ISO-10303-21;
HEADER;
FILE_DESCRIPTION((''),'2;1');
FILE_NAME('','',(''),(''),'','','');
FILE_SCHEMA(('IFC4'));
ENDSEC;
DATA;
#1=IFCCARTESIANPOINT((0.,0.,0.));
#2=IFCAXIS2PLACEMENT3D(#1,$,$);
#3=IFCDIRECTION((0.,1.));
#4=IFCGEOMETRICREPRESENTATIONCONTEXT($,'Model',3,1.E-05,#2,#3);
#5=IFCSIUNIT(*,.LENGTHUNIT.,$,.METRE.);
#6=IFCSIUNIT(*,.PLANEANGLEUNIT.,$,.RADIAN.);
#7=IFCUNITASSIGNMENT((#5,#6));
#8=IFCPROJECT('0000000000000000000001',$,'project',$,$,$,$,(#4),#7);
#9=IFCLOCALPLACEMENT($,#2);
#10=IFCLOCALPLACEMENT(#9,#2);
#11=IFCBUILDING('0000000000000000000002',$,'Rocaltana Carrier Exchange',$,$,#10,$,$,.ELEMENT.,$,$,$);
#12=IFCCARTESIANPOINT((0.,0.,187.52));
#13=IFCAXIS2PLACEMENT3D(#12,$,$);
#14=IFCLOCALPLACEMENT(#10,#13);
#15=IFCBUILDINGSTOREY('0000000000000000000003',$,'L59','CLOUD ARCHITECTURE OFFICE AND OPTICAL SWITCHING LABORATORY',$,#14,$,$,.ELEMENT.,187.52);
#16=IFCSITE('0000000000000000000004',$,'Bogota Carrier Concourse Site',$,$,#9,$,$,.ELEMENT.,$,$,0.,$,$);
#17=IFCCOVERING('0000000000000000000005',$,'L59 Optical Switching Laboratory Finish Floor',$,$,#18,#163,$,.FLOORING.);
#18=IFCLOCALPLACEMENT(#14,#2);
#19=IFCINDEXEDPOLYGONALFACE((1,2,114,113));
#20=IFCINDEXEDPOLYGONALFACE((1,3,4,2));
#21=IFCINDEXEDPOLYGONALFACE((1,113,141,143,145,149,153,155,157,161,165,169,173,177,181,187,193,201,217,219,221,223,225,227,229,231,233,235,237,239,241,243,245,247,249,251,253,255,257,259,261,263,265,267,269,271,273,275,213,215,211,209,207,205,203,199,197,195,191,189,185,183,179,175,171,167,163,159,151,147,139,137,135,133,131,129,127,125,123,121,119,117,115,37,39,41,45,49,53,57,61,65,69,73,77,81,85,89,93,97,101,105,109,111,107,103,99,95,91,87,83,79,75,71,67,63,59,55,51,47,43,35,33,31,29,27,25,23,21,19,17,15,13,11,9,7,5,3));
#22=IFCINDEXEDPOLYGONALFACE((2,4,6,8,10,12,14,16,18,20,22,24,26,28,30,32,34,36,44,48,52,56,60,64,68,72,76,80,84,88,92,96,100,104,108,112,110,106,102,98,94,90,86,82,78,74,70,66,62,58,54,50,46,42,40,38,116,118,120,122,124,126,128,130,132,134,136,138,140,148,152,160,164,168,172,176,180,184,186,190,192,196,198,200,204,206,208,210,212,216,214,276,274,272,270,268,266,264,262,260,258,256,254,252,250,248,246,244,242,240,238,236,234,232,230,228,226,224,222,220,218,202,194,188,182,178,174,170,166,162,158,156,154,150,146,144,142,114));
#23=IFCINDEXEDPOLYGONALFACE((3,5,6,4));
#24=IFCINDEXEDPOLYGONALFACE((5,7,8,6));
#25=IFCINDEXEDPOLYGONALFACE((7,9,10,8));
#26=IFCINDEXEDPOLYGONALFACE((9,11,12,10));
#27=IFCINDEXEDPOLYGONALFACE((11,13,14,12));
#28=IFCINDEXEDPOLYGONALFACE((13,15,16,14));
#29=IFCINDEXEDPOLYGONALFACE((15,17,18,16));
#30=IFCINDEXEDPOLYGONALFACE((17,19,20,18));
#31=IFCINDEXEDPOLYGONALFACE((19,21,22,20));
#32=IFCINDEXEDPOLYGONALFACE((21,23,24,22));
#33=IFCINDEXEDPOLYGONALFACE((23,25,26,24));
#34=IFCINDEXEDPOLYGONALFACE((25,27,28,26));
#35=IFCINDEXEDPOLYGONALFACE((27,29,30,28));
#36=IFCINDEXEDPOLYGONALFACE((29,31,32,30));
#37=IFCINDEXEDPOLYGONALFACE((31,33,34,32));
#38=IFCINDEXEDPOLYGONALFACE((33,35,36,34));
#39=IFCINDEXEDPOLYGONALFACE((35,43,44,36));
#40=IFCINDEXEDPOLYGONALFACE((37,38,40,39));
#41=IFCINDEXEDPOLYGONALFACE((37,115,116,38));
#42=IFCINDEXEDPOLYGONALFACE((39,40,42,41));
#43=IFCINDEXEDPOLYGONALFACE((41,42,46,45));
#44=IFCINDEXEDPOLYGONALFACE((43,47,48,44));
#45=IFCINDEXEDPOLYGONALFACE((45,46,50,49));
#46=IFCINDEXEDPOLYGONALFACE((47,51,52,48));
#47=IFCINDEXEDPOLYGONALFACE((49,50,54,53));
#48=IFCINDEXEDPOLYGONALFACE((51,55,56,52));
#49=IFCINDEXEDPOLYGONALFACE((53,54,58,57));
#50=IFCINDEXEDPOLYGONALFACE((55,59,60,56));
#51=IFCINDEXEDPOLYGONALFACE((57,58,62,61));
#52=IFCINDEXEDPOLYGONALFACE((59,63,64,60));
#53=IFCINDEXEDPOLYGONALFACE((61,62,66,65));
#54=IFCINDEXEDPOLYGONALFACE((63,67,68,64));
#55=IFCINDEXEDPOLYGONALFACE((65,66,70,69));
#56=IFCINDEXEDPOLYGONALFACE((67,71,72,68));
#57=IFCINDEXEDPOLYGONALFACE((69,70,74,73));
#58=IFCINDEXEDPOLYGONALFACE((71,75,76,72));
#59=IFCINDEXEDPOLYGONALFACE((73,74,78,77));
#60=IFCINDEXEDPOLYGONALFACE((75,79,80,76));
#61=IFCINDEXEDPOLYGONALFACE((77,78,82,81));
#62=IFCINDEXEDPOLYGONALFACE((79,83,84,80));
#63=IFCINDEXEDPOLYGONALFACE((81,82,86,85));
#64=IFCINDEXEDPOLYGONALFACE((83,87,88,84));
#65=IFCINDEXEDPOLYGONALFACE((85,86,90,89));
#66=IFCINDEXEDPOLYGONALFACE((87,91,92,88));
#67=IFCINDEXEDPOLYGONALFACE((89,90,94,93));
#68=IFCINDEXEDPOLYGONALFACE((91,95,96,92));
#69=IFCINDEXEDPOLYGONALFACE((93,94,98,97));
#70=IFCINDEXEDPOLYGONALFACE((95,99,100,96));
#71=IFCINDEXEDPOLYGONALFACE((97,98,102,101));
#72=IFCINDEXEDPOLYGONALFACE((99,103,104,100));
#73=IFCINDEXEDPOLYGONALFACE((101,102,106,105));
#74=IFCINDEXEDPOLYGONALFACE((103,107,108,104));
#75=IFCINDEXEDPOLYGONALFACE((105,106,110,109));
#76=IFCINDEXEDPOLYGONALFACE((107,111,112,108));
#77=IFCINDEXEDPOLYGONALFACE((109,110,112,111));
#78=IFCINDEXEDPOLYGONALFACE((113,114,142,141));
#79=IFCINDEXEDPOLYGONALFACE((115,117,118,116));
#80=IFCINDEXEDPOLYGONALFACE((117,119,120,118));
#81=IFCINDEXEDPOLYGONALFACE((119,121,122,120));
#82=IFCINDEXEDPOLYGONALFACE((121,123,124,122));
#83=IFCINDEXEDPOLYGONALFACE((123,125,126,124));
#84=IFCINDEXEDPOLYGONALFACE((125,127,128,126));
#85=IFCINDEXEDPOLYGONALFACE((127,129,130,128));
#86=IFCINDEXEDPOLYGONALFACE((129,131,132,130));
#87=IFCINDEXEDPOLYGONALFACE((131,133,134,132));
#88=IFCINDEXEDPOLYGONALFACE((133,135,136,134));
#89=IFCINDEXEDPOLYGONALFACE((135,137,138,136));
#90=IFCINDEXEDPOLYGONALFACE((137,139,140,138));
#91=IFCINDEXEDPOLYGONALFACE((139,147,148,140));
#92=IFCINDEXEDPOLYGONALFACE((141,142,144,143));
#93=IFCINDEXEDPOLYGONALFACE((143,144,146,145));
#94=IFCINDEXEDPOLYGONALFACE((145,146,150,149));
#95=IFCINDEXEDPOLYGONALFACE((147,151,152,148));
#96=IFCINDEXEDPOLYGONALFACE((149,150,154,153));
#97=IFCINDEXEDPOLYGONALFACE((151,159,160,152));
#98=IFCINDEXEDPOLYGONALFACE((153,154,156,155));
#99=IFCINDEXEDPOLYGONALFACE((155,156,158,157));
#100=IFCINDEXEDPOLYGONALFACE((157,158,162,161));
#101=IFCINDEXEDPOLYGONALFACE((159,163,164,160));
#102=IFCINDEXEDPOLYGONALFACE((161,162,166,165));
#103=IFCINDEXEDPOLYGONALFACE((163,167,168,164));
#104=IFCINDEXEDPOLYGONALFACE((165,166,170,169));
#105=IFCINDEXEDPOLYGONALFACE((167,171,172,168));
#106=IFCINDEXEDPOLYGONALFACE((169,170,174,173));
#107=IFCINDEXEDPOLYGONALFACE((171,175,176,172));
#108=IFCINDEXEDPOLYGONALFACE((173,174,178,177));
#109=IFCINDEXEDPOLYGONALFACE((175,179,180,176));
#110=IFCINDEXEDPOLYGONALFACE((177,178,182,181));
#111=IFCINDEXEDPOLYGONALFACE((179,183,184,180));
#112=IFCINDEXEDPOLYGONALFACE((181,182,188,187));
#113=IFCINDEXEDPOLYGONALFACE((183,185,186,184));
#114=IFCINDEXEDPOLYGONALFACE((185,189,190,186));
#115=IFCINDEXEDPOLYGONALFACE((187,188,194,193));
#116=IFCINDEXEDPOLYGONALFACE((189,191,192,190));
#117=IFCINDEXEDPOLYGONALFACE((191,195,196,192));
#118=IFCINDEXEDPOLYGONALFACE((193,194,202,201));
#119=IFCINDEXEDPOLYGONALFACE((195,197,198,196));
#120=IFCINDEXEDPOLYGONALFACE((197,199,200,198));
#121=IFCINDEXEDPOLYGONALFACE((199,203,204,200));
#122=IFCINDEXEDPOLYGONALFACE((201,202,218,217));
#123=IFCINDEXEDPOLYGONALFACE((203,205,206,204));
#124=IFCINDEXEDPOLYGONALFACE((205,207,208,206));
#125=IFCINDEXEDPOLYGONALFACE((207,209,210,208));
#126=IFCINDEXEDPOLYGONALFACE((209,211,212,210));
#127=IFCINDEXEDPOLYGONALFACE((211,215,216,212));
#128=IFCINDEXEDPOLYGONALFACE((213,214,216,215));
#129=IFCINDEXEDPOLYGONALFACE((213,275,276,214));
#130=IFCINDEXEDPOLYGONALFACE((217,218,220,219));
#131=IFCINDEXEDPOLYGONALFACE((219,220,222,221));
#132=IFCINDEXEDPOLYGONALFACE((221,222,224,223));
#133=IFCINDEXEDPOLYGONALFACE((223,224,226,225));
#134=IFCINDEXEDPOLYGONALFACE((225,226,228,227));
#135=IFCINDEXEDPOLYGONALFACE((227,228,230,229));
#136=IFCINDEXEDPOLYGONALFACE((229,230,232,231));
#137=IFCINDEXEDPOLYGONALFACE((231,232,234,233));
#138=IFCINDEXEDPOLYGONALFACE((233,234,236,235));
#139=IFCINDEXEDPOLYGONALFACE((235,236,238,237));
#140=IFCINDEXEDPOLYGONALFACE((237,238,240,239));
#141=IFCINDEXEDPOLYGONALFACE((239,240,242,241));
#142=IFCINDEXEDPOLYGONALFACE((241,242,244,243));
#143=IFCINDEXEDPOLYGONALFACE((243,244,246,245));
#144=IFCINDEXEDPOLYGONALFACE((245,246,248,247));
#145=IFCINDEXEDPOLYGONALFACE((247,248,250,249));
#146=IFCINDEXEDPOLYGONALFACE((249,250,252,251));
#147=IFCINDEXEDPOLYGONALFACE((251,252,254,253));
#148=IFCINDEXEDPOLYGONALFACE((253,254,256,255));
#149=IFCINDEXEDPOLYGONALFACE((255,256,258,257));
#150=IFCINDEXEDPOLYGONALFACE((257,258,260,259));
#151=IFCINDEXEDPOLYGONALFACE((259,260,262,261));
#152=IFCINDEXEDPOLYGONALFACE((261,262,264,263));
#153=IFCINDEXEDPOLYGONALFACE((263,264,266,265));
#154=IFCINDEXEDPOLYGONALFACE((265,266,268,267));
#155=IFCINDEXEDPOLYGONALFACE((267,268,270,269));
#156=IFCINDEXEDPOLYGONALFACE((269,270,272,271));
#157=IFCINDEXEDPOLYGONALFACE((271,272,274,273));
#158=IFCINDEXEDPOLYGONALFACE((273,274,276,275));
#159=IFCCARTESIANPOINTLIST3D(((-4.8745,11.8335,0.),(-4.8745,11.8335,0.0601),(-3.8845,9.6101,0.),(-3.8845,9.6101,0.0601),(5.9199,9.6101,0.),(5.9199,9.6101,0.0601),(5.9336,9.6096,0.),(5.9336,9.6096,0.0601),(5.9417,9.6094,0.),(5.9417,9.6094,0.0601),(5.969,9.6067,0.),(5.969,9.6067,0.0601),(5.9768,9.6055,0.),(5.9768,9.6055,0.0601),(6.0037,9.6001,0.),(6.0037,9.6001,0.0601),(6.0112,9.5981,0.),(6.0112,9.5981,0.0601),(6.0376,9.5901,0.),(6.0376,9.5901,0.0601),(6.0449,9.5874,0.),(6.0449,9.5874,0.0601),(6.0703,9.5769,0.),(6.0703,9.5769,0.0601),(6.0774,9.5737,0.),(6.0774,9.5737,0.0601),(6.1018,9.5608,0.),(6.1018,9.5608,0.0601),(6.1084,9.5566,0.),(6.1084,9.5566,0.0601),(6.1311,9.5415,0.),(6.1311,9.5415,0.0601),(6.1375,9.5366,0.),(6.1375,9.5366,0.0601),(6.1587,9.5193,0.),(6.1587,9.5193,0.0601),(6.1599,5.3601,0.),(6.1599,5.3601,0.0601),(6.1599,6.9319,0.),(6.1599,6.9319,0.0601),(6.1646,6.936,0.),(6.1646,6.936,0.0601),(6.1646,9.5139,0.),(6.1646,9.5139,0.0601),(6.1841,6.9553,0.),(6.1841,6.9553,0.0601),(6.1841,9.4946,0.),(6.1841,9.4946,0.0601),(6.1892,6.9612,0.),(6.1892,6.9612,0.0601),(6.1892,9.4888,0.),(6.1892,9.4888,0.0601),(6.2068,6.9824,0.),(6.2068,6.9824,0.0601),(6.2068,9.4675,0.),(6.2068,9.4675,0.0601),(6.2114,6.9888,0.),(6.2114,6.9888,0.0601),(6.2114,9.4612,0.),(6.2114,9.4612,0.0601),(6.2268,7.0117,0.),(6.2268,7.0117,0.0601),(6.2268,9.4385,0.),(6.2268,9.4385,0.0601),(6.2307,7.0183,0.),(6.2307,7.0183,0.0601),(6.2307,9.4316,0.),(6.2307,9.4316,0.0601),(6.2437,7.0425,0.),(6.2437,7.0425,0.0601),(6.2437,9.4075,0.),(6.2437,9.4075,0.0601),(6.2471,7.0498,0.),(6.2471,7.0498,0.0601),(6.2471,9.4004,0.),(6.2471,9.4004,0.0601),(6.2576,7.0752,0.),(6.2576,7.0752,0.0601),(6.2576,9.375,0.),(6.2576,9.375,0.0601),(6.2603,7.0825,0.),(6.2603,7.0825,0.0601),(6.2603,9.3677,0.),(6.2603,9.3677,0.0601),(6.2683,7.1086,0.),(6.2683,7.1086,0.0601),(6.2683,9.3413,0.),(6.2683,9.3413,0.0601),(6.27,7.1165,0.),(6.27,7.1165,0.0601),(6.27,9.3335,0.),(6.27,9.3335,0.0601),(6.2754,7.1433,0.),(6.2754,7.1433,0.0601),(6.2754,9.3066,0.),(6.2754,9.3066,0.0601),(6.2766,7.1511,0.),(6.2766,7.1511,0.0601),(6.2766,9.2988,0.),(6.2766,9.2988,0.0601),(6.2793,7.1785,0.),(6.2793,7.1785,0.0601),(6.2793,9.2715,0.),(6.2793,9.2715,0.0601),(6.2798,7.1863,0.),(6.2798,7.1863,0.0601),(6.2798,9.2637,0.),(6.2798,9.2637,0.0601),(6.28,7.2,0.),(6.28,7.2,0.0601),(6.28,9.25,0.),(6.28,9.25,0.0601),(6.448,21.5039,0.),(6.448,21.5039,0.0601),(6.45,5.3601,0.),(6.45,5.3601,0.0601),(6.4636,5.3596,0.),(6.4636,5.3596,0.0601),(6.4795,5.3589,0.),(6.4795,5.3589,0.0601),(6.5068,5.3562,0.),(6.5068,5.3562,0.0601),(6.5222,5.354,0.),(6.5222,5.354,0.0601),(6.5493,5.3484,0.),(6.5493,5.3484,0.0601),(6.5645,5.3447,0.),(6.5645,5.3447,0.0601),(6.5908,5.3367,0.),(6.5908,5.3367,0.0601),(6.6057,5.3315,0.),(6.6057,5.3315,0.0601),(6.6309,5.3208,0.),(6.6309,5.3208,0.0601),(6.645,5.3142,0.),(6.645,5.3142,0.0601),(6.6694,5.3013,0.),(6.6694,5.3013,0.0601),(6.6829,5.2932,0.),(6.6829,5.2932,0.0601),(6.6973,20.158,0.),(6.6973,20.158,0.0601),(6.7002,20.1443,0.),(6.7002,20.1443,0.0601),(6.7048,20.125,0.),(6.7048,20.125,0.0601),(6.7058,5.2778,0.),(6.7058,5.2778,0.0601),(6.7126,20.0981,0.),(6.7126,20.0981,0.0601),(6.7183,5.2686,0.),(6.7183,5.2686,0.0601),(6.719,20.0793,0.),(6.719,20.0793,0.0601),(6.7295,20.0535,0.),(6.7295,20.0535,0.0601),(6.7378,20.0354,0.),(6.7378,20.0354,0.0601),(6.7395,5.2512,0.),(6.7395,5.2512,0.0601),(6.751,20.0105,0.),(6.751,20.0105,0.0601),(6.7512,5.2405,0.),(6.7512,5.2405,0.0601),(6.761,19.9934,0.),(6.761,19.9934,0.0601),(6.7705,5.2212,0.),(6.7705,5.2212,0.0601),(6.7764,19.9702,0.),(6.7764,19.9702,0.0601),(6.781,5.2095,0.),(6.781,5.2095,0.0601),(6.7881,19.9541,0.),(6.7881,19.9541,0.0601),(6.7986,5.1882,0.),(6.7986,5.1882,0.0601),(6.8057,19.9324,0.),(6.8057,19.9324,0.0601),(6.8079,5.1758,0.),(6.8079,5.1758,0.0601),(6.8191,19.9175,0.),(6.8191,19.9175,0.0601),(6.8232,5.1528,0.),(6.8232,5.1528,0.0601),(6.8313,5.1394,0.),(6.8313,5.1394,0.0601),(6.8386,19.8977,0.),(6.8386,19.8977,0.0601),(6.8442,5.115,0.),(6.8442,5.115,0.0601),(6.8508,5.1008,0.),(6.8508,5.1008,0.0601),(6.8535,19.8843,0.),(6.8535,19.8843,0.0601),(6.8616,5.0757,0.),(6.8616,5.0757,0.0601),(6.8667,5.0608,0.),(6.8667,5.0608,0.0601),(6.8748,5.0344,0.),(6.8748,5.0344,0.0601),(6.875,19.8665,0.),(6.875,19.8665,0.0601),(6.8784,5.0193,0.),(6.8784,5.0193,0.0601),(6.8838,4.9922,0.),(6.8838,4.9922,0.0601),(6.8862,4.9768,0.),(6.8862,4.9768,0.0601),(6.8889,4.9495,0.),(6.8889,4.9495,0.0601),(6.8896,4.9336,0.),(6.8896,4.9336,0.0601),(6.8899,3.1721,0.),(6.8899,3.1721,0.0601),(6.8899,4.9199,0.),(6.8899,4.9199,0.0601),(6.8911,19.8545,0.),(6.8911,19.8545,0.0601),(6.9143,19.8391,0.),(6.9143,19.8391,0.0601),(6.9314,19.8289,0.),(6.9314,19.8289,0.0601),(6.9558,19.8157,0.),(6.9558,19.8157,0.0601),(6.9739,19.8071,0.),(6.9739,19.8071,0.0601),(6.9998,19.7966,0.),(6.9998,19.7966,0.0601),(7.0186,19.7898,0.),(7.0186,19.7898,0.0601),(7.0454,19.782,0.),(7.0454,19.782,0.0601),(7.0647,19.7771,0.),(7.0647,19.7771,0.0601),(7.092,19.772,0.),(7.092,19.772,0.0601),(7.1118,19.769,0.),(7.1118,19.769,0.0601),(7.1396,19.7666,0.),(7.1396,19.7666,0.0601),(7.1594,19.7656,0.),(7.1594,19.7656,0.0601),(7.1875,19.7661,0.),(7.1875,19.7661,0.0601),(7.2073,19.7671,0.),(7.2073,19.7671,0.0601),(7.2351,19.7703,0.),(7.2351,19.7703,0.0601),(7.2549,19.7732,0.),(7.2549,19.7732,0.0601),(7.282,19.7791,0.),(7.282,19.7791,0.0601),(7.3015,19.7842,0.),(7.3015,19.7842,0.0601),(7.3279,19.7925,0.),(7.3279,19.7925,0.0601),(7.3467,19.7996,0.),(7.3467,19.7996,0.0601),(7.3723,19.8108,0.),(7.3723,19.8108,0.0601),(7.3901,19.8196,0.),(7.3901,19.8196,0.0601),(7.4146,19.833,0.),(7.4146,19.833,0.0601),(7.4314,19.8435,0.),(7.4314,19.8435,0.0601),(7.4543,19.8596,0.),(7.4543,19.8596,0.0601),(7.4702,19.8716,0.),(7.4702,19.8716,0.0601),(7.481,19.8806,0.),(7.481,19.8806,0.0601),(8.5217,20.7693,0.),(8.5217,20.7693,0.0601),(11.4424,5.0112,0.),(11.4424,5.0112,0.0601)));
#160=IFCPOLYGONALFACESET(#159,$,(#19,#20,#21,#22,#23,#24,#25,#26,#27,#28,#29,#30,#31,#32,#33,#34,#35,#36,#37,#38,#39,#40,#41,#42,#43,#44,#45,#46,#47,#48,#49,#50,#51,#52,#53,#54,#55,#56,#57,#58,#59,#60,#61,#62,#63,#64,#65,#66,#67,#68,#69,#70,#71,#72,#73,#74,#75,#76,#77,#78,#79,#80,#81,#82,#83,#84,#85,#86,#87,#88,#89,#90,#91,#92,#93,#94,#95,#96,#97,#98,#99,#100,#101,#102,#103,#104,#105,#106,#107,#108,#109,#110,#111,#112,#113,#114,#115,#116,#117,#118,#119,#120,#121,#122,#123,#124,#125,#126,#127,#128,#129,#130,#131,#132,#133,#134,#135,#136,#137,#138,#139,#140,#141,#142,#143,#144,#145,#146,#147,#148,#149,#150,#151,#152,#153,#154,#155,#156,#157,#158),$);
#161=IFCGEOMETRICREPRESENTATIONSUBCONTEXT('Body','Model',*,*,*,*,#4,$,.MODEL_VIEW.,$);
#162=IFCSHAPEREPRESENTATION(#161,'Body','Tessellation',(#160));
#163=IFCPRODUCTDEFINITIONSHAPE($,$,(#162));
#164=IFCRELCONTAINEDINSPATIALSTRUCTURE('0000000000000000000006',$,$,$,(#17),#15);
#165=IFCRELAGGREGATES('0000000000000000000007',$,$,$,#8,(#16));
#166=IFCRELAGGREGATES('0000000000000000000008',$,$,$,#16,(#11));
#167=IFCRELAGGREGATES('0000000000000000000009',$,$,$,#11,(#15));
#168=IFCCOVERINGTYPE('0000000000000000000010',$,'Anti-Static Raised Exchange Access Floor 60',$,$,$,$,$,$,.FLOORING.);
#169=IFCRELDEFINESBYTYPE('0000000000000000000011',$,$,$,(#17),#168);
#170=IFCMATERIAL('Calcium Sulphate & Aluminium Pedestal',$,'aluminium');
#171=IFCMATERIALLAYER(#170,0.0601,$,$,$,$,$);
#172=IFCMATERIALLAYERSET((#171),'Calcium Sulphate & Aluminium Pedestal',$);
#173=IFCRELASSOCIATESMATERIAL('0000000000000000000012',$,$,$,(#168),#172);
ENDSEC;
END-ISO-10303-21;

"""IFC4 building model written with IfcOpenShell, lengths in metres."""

from ifc_helpers import new_model, si_unit, direction, frame, origin, place, context, subcontext, project, spatial, polyline, outline, extrude, material, layer, layer_set, type_object, element, save


model = new_model("IFC4")

# Units and contexts
model_context = context("Model", 3, precision=1e-05, world=origin(), true_north=direction((0.0, 1.0)))
body_context = subcontext(model_context, "Body", "Model", "MODEL_VIEW")
ifc_project = project(units=[si_unit("LENGTHUNIT", "METRE"), si_unit("PLANEANGLEUNIT", "RADIAN")], contexts=[model_context])

# Site, building, storey
site_placement = place(None, origin())
site = spatial("IfcSite", under=ifc_project, at=site_placement, Name="Bogota Carrier Concourse Site", CompositionType="ELEMENT", RefElevation=0.0)
building_placement = place(site_placement, origin())
building = spatial("IfcBuilding", under=site, at=building_placement, Name="Rocaltana Carrier Exchange", CompositionType="ELEMENT")
storey_placement = place(building_placement, frame((0.0, 0.0, 187.52)))
storey = spatial("IfcBuildingStorey", under=building, at=storey_placement, Name="L59", Description="CLOUD ARCHITECTURE OFFICE AND OPTICAL SWITCHING LABORATORY", CompositionType="ELEMENT", Elevation=187.52)

# Covering
ifc_material_1 = material(Name="Calcium Sulphate & Aluminium Pedestal", Category="aluminium")
ifc_layer_1 = layer(ifc_material_1, 0.0601)
ifc_layer_set_1 = layer_set([ifc_layer_1], Name="Calcium Sulphate & Aluminium Pedestal")
covering_type_1 = type_object("IfcCoveringType", Name="Anti-Static Raised Exchange Access Floor 60", PredefinedType="FLOORING", material=ifc_layer_set_1)
covering_1_placement = place(storey_placement, origin())
element("IfcCovering", 1, at=covering_1_placement, inside=storey, type_object=covering_type_1, Name="L59 Optical Switching Laboratory Finish Floor", PredefinedType="FLOORING", context=body_context, shape_type="SweptSolid", body=[
    extrude(outline(polyline([(6.1599, 6.9319), (6.1646, 6.936), (6.1841, 6.9553), (6.1892, 6.9612), (6.2068, 6.9824), (6.2114, 6.9888), (6.2268, 7.0117), (6.2307, 7.0183), (6.2437, 7.0425), (6.2471, 7.0498), (6.2576, 7.0752), (6.2603, 7.0825), (6.2683, 7.1086), (6.27, 7.1165), (6.2754, 7.1433), (6.2766, 7.1511), (6.2793, 7.1785), (6.2798, 7.1863), (6.28, 7.2), (6.28, 9.25), (6.2798, 9.2637), (6.2793, 9.2715), (6.2766, 9.2988), (6.2754, 9.3066), (6.27, 9.3335), (6.2683, 9.3413), (6.2603, 9.3677), (6.2576, 9.375), (6.2471, 9.4004), (6.2437, 9.4075), (6.2307, 9.4316), (6.2268, 9.4385), (6.2114, 9.4612), (6.2068, 9.4675), (6.1892, 9.4888), (6.1841, 9.4946), (6.1646, 9.5139), (6.1587, 9.5193), (6.1375, 9.5366), (6.1311, 9.5415), (6.1084, 9.5566), (6.1018, 9.5608), (6.0774, 9.5737), (6.0703, 9.5769), (6.0449, 9.5874), (6.0376, 9.5901), (6.0112, 9.5981), (6.0037, 9.6001), (5.9768, 9.6055), (5.969, 9.6067), (5.9417, 9.6094), (5.9336, 9.6096), (5.9199, 9.6101), (-3.8845, 9.6101), (-4.8745, 11.8335), (6.448, 21.5039), (6.6973, 20.158), (6.7002, 20.1443), (6.7048, 20.125), (6.7126, 20.0981), (6.719, 20.0793), (6.7295, 20.0535), (6.7378, 20.0354), (6.751, 20.0105), (6.761, 19.9934), (6.7764, 19.9702), (6.7881, 19.9541), (6.8057, 19.9324), (6.8191, 19.9175), (6.8386, 19.8977), (6.8535, 19.8843), (6.875, 19.8665), (6.8911, 19.8545), (6.9143, 19.8391), (6.9314, 19.8289), (6.9558, 19.8157), (6.9739, 19.8071), (6.9998, 19.7966), (7.0186, 19.7898), (7.0454, 19.782), (7.0647, 19.7771), (7.092, 19.772), (7.1118, 19.769), (7.1396, 19.7666), (7.1594, 19.7656), (7.1875, 19.7661), (7.2073, 19.7671), (7.2351, 19.7703), (7.2549, 19.7732), (7.282, 19.7791), (7.3015, 19.7842), (7.3279, 19.7925), (7.3467, 19.7996), (7.3723, 19.8108), (7.3901, 19.8196), (7.4146, 19.833), (7.4314, 19.8435), (7.4543, 19.8596), (7.4702, 19.8716), (7.481, 19.8806), (8.5217, 20.7693), (11.4424, 5.0112), (6.8899, 3.1721), (6.8899, 4.9199), (6.8896, 4.9336), (6.8889, 4.9495), (6.8862, 4.9768), (6.8838, 4.9922), (6.8784, 5.0193), (6.8748, 5.0344), (6.8667, 5.0608), (6.8616, 5.0757), (6.8508, 5.1008), (6.8442, 5.115), (6.8313, 5.1394), (6.8232, 5.1528), (6.8079, 5.1758), (6.7986, 5.1882), (6.781, 5.2095), (6.7705, 5.2212), (6.7512, 5.2405), (6.7395, 5.2512), (6.7183, 5.2686), (6.7058, 5.2778), (6.6829, 5.2932), (6.6694, 5.3013), (6.645, 5.3142), (6.6309, 5.3208), (6.6057, 5.3315), (6.5908, 5.3367), (6.5645, 5.3447), (6.5493, 5.3484), (6.5222, 5.354), (6.5068, 5.3562), (6.4795, 5.3589), (6.4636, 5.3596), (6.45, 5.3601), (6.1599, 5.3601), (6.1599, 6.9319)])), origin(), (0.0, 0.0, 1.0), 0.0601),
])

save(model, "model.ifc")
